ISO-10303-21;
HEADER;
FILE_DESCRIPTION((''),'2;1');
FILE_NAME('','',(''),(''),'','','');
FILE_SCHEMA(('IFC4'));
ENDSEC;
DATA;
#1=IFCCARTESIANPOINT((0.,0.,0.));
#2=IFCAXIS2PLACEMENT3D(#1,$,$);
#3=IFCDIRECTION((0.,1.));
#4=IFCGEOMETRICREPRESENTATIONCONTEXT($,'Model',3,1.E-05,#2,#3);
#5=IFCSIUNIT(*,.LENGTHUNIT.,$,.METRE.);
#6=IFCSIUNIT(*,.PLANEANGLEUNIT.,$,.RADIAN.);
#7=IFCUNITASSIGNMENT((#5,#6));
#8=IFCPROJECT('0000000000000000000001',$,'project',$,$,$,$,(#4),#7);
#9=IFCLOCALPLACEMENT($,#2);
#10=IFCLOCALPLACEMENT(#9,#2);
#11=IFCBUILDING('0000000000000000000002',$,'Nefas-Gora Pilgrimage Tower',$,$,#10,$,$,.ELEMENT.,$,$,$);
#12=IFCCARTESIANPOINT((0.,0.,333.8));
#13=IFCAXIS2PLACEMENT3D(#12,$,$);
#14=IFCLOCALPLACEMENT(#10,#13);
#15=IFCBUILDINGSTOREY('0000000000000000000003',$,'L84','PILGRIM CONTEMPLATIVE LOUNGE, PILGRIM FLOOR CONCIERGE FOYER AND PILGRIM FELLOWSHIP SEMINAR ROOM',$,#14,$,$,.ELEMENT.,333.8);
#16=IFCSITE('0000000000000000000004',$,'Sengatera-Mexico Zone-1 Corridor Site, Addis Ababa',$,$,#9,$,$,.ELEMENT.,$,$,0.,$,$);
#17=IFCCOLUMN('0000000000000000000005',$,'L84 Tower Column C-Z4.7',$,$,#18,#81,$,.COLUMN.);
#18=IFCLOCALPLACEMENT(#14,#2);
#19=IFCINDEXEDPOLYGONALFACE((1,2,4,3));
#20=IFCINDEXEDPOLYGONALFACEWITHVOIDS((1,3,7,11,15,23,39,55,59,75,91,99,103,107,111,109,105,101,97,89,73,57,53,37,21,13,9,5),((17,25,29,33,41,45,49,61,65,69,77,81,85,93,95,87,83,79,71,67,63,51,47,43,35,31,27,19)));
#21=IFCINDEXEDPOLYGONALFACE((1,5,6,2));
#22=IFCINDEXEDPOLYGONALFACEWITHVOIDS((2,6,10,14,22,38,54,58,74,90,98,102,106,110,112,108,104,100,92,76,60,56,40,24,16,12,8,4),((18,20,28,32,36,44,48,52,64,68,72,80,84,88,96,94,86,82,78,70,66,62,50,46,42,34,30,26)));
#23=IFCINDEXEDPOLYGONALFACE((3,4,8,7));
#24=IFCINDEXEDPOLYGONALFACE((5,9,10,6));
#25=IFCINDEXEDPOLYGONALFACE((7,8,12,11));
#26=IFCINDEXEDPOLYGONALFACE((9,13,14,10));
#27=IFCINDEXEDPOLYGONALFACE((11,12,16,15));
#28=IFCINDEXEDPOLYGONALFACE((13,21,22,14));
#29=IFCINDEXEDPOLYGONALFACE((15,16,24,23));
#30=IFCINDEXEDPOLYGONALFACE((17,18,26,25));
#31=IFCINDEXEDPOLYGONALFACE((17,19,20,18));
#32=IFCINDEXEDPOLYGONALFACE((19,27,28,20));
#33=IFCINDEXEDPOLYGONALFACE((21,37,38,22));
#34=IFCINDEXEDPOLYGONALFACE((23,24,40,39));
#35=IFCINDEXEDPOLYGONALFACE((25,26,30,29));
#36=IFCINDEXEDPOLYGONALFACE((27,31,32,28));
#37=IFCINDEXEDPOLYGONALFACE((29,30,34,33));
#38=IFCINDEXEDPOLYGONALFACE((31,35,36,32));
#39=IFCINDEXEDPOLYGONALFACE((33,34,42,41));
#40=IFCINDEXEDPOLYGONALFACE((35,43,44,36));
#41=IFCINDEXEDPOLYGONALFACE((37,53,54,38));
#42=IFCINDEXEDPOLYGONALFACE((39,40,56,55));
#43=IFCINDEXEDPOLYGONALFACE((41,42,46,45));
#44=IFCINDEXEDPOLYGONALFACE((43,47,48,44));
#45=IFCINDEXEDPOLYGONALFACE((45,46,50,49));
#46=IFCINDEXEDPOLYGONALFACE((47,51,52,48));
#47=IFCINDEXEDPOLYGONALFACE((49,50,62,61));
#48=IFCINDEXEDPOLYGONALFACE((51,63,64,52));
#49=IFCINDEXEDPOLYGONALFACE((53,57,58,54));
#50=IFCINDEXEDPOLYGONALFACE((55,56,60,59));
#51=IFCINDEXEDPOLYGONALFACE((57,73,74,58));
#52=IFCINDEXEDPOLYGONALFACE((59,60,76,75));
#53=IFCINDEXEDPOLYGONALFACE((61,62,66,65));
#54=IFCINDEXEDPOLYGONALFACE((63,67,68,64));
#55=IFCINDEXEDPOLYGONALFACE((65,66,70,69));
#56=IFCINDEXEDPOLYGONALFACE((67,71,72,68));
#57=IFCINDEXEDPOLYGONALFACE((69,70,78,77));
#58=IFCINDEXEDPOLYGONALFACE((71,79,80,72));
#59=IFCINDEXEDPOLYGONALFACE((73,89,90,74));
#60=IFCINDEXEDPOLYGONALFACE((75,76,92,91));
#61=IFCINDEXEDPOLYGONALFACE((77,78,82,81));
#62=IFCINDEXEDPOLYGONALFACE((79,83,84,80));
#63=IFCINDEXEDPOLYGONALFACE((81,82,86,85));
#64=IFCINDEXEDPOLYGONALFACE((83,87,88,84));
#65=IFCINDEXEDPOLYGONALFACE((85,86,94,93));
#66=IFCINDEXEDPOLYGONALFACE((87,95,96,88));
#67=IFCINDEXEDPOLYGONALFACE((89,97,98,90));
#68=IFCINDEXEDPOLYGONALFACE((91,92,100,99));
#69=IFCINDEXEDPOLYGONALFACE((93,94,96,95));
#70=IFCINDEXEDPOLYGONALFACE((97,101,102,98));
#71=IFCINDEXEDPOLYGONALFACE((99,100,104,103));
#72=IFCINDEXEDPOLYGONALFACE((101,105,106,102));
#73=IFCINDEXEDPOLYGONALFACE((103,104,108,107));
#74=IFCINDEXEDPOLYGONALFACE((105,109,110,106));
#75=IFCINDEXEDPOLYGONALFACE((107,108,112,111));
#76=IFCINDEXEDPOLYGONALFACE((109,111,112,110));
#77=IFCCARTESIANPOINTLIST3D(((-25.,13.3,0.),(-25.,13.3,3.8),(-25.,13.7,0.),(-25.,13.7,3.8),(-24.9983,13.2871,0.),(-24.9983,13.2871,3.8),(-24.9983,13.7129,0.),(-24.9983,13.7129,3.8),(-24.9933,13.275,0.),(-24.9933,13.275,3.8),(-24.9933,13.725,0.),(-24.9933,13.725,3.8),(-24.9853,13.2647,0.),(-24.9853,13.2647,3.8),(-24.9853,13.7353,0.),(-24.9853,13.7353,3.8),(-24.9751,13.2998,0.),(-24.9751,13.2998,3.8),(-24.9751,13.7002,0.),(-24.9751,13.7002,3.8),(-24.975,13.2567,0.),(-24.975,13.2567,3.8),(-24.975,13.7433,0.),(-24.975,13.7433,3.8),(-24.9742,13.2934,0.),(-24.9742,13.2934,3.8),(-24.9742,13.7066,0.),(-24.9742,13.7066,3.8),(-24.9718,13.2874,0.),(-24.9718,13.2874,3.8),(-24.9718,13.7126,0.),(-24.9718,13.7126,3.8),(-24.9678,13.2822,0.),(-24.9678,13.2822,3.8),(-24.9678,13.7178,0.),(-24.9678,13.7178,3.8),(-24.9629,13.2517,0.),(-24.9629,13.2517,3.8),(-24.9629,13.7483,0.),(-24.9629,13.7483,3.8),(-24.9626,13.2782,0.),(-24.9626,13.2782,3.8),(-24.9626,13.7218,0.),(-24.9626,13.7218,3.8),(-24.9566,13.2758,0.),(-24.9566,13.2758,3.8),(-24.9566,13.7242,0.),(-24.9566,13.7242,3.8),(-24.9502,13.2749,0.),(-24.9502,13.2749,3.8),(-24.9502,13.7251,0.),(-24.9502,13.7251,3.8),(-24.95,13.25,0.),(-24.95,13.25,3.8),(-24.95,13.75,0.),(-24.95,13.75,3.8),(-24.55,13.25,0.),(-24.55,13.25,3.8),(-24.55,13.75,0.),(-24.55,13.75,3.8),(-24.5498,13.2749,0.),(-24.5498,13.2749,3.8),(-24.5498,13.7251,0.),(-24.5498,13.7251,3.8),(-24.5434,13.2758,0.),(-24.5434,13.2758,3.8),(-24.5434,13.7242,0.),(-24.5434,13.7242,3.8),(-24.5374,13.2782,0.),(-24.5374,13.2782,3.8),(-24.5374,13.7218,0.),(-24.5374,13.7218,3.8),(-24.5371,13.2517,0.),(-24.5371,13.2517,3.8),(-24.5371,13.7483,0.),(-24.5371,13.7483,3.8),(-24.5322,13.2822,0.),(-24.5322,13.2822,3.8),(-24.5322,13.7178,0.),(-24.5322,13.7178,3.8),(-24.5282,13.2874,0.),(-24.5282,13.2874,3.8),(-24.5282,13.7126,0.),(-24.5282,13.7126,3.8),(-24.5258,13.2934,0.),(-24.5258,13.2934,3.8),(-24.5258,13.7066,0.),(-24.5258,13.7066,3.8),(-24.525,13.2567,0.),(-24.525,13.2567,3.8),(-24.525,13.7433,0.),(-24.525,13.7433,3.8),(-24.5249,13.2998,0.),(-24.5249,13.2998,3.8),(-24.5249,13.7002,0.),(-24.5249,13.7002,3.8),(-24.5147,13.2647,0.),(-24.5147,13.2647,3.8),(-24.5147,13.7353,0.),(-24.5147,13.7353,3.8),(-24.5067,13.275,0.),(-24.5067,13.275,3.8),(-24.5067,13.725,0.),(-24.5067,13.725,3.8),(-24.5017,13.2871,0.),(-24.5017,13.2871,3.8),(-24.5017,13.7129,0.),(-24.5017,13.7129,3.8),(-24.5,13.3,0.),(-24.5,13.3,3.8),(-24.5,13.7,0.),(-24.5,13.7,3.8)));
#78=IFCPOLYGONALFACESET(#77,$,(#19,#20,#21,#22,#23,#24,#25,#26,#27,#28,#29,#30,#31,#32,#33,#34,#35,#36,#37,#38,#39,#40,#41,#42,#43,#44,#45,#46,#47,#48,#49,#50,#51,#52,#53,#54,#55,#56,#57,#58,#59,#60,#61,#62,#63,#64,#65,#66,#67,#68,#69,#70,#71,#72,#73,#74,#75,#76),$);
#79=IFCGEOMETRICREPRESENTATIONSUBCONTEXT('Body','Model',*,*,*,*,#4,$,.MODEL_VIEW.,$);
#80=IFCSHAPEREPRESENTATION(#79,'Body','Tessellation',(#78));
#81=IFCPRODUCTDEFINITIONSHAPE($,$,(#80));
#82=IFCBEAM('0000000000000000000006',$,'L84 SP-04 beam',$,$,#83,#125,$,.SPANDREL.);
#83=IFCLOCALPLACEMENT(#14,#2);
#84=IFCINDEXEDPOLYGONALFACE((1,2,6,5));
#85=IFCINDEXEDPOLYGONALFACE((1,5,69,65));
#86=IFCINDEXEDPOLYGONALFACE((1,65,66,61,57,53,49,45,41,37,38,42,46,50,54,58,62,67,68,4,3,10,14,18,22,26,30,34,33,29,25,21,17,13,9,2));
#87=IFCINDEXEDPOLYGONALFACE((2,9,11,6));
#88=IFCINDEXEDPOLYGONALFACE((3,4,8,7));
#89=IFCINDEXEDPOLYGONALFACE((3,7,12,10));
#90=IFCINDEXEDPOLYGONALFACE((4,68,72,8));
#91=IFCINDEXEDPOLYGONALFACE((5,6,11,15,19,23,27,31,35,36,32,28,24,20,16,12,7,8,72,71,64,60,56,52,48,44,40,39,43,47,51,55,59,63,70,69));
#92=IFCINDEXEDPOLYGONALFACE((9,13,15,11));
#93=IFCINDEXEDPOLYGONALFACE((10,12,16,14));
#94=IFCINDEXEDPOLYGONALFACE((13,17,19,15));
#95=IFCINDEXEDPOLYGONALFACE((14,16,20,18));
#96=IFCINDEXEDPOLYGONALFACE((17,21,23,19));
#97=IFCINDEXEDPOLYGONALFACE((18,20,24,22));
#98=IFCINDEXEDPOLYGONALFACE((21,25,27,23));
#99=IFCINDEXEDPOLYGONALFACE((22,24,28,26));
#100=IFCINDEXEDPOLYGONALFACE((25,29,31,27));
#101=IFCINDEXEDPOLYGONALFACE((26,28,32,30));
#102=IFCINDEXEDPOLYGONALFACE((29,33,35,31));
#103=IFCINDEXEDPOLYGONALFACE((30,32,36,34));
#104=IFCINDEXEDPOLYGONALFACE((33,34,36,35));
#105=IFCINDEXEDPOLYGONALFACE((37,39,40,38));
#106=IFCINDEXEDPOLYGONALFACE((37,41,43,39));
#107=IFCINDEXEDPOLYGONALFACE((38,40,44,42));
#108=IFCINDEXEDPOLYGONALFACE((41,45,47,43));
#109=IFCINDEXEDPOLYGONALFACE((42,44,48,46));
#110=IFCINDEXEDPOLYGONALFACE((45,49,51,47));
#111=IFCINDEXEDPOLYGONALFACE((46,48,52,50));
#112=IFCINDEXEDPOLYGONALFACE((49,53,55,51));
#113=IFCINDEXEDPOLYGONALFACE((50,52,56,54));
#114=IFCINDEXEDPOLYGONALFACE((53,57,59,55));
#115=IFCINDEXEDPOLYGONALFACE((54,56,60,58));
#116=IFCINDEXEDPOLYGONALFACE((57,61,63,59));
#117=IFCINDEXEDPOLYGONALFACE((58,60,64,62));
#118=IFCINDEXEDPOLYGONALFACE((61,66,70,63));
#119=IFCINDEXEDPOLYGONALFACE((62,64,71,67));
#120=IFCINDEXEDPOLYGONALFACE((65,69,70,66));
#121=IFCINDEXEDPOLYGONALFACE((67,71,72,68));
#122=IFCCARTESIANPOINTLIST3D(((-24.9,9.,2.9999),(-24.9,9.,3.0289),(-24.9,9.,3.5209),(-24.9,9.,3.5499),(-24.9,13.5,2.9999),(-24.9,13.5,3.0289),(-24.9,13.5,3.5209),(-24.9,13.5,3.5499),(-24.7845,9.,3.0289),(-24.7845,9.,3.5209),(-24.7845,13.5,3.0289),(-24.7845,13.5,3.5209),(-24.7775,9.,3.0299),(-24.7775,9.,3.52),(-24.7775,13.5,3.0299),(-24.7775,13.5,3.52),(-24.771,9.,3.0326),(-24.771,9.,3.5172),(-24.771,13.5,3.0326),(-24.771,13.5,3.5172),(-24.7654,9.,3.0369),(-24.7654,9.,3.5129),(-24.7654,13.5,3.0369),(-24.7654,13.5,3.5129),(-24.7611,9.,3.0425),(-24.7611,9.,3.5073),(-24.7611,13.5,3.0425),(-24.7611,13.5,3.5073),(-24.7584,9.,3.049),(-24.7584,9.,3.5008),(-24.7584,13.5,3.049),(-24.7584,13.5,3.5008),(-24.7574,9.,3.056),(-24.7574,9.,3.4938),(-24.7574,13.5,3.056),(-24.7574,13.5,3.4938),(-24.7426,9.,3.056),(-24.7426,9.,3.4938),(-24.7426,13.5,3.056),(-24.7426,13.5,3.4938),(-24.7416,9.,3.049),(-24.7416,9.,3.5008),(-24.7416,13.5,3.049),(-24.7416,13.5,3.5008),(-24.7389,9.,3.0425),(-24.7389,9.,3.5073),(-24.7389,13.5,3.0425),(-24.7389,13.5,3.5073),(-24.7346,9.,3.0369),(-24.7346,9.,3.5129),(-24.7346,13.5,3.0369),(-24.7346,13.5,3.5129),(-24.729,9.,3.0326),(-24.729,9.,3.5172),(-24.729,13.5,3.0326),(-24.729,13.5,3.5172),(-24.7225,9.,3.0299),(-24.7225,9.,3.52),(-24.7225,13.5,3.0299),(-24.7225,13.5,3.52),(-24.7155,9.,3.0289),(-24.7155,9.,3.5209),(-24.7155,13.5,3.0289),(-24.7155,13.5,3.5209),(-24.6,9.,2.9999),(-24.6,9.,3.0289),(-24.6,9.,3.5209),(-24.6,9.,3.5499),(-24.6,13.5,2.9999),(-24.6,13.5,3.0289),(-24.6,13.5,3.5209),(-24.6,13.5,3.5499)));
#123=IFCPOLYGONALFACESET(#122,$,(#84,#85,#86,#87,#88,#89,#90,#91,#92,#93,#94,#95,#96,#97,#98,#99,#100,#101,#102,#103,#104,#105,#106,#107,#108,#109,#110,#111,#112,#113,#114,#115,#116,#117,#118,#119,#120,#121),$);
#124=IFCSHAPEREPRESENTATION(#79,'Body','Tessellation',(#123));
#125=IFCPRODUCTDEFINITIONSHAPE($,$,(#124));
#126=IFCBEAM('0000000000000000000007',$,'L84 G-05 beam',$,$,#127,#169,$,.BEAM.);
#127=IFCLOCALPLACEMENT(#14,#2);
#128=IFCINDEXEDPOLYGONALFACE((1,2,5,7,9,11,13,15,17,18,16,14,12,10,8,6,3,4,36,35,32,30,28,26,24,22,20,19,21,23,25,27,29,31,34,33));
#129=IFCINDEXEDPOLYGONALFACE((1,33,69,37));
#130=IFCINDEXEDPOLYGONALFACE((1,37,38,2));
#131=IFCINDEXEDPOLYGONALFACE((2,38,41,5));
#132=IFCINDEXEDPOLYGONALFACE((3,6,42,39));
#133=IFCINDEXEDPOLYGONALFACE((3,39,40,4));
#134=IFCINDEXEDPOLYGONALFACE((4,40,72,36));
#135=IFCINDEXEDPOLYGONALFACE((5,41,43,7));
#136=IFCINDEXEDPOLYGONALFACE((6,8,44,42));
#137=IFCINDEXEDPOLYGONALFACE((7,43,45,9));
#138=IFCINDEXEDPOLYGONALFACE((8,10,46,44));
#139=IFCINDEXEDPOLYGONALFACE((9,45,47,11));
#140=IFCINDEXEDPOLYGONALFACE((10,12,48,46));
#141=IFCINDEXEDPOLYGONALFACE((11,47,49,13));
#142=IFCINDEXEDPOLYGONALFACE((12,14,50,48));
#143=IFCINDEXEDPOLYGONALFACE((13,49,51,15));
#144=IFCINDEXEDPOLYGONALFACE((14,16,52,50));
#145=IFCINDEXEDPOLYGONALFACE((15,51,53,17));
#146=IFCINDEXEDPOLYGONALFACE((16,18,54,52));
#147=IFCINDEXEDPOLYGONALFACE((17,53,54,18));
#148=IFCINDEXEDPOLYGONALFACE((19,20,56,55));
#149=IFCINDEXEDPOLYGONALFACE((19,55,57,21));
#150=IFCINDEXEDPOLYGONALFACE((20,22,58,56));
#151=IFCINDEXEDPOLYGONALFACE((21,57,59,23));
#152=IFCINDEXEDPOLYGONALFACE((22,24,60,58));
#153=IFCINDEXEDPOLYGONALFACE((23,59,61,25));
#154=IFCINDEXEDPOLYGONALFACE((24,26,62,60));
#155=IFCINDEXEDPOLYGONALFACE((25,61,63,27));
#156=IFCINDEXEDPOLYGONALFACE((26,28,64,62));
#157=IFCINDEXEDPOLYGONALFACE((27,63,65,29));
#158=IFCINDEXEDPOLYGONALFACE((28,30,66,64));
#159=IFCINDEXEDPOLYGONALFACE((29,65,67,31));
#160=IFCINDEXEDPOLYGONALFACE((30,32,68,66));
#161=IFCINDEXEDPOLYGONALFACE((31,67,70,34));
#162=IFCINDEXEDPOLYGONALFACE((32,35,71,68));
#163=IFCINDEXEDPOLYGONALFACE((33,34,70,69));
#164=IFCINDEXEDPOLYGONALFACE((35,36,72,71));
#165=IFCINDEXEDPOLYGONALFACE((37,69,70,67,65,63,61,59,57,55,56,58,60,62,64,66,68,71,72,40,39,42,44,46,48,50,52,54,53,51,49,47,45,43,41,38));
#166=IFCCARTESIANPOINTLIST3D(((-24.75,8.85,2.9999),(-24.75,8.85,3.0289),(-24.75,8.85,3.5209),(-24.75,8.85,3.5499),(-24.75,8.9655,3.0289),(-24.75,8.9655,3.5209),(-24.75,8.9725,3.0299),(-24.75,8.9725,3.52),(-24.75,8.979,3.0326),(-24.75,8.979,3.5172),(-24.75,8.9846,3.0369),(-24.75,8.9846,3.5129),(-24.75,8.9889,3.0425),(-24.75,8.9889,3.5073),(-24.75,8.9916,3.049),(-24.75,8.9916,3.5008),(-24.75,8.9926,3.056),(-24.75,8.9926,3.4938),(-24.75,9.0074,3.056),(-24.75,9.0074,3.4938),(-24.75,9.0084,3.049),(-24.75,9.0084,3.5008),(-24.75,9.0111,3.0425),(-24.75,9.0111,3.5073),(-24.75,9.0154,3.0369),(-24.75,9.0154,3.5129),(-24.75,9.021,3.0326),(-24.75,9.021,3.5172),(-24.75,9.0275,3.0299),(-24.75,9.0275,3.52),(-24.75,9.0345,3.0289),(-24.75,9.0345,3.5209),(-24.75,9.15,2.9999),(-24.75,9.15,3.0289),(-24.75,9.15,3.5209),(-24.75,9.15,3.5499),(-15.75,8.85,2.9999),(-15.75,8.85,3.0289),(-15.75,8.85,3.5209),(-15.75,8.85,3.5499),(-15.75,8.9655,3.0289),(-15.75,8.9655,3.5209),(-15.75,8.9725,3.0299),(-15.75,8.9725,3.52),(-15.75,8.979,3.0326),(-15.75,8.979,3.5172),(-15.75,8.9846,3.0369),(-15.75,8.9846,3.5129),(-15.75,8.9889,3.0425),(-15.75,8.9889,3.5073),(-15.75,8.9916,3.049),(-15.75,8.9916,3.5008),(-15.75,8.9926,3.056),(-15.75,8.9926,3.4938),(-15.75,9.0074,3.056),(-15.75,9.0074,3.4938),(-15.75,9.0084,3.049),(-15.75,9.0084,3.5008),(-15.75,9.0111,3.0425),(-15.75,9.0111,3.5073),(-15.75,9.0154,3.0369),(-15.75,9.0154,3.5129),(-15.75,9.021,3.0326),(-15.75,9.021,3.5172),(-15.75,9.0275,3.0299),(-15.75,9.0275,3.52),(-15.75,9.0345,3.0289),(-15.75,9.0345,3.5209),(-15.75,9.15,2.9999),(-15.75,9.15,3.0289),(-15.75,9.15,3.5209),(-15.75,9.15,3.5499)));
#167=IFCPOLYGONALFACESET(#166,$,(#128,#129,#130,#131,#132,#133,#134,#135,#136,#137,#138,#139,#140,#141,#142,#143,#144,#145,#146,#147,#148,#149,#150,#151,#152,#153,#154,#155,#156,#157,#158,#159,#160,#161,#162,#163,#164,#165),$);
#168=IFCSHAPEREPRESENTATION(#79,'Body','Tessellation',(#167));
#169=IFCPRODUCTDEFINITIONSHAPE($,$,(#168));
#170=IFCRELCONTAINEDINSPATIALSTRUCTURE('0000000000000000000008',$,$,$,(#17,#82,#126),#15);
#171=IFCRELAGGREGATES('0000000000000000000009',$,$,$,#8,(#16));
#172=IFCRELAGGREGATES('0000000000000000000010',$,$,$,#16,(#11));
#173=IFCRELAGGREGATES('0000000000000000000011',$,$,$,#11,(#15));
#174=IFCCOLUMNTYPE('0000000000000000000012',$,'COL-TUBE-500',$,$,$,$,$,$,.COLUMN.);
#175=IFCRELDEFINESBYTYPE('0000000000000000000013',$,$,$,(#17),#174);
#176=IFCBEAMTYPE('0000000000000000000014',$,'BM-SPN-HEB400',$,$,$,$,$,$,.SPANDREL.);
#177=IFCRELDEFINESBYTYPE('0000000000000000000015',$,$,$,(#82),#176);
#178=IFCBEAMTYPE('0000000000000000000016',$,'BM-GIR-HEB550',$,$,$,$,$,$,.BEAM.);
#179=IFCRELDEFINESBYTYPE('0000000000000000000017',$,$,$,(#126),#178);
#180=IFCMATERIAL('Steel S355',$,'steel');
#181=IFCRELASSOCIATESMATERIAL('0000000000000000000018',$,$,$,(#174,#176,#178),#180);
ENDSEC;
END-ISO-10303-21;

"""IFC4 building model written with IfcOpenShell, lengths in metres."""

from ifc_helpers import new_model, si_unit, direction, frame, origin, origin_2d, place, context, subcontext, project, spatial, hollow_rectangle, i_section, extrude, source, transform, mapped, material, material_profile, profile_set, type_object, element, save


model = new_model("IFC4")

# Units and contexts
model_context = context("Model", 3, precision=1e-05, world=origin(), true_north=direction((0.0, 1.0)))
body_context = subcontext(model_context, "Body", "Model", "MODEL_VIEW")
ifc_project = project(units=[si_unit("LENGTHUNIT", "METRE"), si_unit("PLANEANGLEUNIT", "RADIAN")], contexts=[model_context])

# Site, building, storey
site_placement = place(None, origin())
site = spatial("IfcSite", under=ifc_project, at=site_placement, Name="Sengatera-Mexico Zone-1 Corridor Site, Addis Ababa", CompositionType="ELEMENT", RefElevation=0.0)
building_placement = place(site_placement, origin())
building = spatial("IfcBuilding", under=site, at=building_placement, Name="Nefas-Gora Pilgrimage Tower", CompositionType="ELEMENT")
storey_placement = place(building_placement, frame((0.0, 0.0, 333.8)))
storey = spatial("IfcBuildingStorey", under=building, at=storey_placement, Name="L84", Description="PILGRIM CONTEMPLATIVE LOUNGE, PILGRIM FLOOR CONCIERGE FOYER AND PILGRIM FELLOWSHIP SEMINAR ROOM", CompositionType="ELEMENT", Elevation=333.8)

# Column
ifc_material_1 = material(Name="Steel S355", Category="steel")
ifc_material_profile_1 = material_profile(ifc_material_1, hollow_rectangle(XDim=0.5, YDim=0.5, WallThickness=0.0249, InnerFilletRadius=0.0249, OuterFilletRadius=0.05, at=origin_2d()), Name="SHS 500x500x25")
ifc_profile_set_1 = profile_set([ifc_material_profile_1], Name="Steel S355")
column_type_1 = type_object("IfcColumnType", Name="COL-TUBE-500", PredefinedType="COLUMN", material=ifc_profile_set_1)
shared_shape_1 = source(origin(), body_context, "Body", "SweptSolid", [
    extrude(hollow_rectangle(XDim=0.5, YDim=0.5, WallThickness=0.0249, InnerFilletRadius=0.0249, OuterFilletRadius=0.05, at=origin_2d()), origin(), (0.0, 0.0, 1.0), 3.8),
])
for number, where, z_axis, x_axis, name in (
    (1, (-24.75, 13.5, 0.0), (0.0, 0.0, 1.0), (1.0, 0.0, 0.0), "L84 Tower Column C-Z4.7"),
):
    element("IfcColumn", number, at=place(storey_placement, frame(where, z_axis=z_axis, x_axis=x_axis)), inside=storey, type_object=column_type_1, Name=name, PredefinedType="COLUMN", context=body_context, shape_type="MappedRepresentation", body=[
        mapped(shared_shape_1, transform((0.0, 0.0, 0.0), x_axis=(1.0, 0.0, 0.0), y_axis=(0.0, 1.0, 0.0), z_axis=(0.0, 0.0, 1.0), scale=1.0)),
    ])

# Beams
ifc_material_profile_2 = material_profile(ifc_material_1, i_section(OverallWidth=0.3, OverallDepth=0.55, WebThickness=0.0149, FlangeThickness=0.0291, FilletRadius=0.0271, at=origin_2d()), Name="HEB 550")
ifc_profile_set_2 = profile_set([ifc_material_profile_2], Name="Steel S355")
beam_type_1 = type_object("IfcBeamType", Name="BM-SPN-HEB400", PredefinedType="SPANDREL", material=ifc_profile_set_2)
shared_shape_2 = source(origin(), body_context, "Body", "SweptSolid", [
    extrude(i_section(OverallWidth=0.3, OverallDepth=0.55, WebThickness=0.0149, FlangeThickness=0.0291, FilletRadius=0.0271, at=origin_2d()), origin(), (0.0, 0.0, 1.0), 4.5),
])
beam_placement = place(storey_placement, frame((-24.75, 9.0, 3.2749), z_axis=(0.0, 1.0, 0.0), x_axis=(-1.0, 0.0, 0.0)))
element("IfcBeam", 2, at=beam_placement, inside=storey, type_object=beam_type_1, Name="L84 SP-04 beam", PredefinedType="SPANDREL", context=body_context, shape_type="MappedRepresentation", body=[
    mapped(shared_shape_2, transform((0.0, 0.0, 0.0), x_axis=(1.0, 0.0, 0.0), y_axis=(0.0, 1.0, 0.0), z_axis=(0.0, 0.0, 1.0), scale=1.0)),
])
ifc_material_profile_3 = material_profile(ifc_material_1, i_section(OverallWidth=0.3, OverallDepth=0.55, WebThickness=0.0149, FlangeThickness=0.0291, FilletRadius=0.0271, at=origin_2d()), Name="HEB 550")
ifc_profile_set_3 = profile_set([ifc_material_profile_3], Name="Steel S355")
beam_type_2 = type_object("IfcBeamType", Name="BM-GIR-HEB550", PredefinedType="BEAM", material=ifc_profile_set_3)
shared_shape_3 = source(origin(), body_context, "Body", "SweptSolid", [
    extrude(i_section(OverallWidth=0.3, OverallDepth=0.55, WebThickness=0.0149, FlangeThickness=0.0291, FilletRadius=0.0271, at=origin_2d()), origin(), (0.0, 0.0, 1.0), 9.0),
])
for number, where, z_axis, x_axis, name in (
    (3, (-24.75, 9.0, 3.2749), (1.0, 0.0, 0.0), (0.0, 1.0, 0.0), "L84 G-05 beam"),
):
    element("IfcBeam", number, at=place(storey_placement, frame(where, z_axis=z_axis, x_axis=x_axis)), inside=storey, type_object=beam_type_2, Name=name, PredefinedType="BEAM", context=body_context, shape_type="MappedRepresentation", body=[
        mapped(shared_shape_3, transform((0.0, 0.0, 0.0), x_axis=(1.0, 0.0, 0.0), y_axis=(0.0, 1.0, 0.0), z_axis=(0.0, 0.0, 1.0), scale=1.0)),
    ])

save(model, "model.ifc")
